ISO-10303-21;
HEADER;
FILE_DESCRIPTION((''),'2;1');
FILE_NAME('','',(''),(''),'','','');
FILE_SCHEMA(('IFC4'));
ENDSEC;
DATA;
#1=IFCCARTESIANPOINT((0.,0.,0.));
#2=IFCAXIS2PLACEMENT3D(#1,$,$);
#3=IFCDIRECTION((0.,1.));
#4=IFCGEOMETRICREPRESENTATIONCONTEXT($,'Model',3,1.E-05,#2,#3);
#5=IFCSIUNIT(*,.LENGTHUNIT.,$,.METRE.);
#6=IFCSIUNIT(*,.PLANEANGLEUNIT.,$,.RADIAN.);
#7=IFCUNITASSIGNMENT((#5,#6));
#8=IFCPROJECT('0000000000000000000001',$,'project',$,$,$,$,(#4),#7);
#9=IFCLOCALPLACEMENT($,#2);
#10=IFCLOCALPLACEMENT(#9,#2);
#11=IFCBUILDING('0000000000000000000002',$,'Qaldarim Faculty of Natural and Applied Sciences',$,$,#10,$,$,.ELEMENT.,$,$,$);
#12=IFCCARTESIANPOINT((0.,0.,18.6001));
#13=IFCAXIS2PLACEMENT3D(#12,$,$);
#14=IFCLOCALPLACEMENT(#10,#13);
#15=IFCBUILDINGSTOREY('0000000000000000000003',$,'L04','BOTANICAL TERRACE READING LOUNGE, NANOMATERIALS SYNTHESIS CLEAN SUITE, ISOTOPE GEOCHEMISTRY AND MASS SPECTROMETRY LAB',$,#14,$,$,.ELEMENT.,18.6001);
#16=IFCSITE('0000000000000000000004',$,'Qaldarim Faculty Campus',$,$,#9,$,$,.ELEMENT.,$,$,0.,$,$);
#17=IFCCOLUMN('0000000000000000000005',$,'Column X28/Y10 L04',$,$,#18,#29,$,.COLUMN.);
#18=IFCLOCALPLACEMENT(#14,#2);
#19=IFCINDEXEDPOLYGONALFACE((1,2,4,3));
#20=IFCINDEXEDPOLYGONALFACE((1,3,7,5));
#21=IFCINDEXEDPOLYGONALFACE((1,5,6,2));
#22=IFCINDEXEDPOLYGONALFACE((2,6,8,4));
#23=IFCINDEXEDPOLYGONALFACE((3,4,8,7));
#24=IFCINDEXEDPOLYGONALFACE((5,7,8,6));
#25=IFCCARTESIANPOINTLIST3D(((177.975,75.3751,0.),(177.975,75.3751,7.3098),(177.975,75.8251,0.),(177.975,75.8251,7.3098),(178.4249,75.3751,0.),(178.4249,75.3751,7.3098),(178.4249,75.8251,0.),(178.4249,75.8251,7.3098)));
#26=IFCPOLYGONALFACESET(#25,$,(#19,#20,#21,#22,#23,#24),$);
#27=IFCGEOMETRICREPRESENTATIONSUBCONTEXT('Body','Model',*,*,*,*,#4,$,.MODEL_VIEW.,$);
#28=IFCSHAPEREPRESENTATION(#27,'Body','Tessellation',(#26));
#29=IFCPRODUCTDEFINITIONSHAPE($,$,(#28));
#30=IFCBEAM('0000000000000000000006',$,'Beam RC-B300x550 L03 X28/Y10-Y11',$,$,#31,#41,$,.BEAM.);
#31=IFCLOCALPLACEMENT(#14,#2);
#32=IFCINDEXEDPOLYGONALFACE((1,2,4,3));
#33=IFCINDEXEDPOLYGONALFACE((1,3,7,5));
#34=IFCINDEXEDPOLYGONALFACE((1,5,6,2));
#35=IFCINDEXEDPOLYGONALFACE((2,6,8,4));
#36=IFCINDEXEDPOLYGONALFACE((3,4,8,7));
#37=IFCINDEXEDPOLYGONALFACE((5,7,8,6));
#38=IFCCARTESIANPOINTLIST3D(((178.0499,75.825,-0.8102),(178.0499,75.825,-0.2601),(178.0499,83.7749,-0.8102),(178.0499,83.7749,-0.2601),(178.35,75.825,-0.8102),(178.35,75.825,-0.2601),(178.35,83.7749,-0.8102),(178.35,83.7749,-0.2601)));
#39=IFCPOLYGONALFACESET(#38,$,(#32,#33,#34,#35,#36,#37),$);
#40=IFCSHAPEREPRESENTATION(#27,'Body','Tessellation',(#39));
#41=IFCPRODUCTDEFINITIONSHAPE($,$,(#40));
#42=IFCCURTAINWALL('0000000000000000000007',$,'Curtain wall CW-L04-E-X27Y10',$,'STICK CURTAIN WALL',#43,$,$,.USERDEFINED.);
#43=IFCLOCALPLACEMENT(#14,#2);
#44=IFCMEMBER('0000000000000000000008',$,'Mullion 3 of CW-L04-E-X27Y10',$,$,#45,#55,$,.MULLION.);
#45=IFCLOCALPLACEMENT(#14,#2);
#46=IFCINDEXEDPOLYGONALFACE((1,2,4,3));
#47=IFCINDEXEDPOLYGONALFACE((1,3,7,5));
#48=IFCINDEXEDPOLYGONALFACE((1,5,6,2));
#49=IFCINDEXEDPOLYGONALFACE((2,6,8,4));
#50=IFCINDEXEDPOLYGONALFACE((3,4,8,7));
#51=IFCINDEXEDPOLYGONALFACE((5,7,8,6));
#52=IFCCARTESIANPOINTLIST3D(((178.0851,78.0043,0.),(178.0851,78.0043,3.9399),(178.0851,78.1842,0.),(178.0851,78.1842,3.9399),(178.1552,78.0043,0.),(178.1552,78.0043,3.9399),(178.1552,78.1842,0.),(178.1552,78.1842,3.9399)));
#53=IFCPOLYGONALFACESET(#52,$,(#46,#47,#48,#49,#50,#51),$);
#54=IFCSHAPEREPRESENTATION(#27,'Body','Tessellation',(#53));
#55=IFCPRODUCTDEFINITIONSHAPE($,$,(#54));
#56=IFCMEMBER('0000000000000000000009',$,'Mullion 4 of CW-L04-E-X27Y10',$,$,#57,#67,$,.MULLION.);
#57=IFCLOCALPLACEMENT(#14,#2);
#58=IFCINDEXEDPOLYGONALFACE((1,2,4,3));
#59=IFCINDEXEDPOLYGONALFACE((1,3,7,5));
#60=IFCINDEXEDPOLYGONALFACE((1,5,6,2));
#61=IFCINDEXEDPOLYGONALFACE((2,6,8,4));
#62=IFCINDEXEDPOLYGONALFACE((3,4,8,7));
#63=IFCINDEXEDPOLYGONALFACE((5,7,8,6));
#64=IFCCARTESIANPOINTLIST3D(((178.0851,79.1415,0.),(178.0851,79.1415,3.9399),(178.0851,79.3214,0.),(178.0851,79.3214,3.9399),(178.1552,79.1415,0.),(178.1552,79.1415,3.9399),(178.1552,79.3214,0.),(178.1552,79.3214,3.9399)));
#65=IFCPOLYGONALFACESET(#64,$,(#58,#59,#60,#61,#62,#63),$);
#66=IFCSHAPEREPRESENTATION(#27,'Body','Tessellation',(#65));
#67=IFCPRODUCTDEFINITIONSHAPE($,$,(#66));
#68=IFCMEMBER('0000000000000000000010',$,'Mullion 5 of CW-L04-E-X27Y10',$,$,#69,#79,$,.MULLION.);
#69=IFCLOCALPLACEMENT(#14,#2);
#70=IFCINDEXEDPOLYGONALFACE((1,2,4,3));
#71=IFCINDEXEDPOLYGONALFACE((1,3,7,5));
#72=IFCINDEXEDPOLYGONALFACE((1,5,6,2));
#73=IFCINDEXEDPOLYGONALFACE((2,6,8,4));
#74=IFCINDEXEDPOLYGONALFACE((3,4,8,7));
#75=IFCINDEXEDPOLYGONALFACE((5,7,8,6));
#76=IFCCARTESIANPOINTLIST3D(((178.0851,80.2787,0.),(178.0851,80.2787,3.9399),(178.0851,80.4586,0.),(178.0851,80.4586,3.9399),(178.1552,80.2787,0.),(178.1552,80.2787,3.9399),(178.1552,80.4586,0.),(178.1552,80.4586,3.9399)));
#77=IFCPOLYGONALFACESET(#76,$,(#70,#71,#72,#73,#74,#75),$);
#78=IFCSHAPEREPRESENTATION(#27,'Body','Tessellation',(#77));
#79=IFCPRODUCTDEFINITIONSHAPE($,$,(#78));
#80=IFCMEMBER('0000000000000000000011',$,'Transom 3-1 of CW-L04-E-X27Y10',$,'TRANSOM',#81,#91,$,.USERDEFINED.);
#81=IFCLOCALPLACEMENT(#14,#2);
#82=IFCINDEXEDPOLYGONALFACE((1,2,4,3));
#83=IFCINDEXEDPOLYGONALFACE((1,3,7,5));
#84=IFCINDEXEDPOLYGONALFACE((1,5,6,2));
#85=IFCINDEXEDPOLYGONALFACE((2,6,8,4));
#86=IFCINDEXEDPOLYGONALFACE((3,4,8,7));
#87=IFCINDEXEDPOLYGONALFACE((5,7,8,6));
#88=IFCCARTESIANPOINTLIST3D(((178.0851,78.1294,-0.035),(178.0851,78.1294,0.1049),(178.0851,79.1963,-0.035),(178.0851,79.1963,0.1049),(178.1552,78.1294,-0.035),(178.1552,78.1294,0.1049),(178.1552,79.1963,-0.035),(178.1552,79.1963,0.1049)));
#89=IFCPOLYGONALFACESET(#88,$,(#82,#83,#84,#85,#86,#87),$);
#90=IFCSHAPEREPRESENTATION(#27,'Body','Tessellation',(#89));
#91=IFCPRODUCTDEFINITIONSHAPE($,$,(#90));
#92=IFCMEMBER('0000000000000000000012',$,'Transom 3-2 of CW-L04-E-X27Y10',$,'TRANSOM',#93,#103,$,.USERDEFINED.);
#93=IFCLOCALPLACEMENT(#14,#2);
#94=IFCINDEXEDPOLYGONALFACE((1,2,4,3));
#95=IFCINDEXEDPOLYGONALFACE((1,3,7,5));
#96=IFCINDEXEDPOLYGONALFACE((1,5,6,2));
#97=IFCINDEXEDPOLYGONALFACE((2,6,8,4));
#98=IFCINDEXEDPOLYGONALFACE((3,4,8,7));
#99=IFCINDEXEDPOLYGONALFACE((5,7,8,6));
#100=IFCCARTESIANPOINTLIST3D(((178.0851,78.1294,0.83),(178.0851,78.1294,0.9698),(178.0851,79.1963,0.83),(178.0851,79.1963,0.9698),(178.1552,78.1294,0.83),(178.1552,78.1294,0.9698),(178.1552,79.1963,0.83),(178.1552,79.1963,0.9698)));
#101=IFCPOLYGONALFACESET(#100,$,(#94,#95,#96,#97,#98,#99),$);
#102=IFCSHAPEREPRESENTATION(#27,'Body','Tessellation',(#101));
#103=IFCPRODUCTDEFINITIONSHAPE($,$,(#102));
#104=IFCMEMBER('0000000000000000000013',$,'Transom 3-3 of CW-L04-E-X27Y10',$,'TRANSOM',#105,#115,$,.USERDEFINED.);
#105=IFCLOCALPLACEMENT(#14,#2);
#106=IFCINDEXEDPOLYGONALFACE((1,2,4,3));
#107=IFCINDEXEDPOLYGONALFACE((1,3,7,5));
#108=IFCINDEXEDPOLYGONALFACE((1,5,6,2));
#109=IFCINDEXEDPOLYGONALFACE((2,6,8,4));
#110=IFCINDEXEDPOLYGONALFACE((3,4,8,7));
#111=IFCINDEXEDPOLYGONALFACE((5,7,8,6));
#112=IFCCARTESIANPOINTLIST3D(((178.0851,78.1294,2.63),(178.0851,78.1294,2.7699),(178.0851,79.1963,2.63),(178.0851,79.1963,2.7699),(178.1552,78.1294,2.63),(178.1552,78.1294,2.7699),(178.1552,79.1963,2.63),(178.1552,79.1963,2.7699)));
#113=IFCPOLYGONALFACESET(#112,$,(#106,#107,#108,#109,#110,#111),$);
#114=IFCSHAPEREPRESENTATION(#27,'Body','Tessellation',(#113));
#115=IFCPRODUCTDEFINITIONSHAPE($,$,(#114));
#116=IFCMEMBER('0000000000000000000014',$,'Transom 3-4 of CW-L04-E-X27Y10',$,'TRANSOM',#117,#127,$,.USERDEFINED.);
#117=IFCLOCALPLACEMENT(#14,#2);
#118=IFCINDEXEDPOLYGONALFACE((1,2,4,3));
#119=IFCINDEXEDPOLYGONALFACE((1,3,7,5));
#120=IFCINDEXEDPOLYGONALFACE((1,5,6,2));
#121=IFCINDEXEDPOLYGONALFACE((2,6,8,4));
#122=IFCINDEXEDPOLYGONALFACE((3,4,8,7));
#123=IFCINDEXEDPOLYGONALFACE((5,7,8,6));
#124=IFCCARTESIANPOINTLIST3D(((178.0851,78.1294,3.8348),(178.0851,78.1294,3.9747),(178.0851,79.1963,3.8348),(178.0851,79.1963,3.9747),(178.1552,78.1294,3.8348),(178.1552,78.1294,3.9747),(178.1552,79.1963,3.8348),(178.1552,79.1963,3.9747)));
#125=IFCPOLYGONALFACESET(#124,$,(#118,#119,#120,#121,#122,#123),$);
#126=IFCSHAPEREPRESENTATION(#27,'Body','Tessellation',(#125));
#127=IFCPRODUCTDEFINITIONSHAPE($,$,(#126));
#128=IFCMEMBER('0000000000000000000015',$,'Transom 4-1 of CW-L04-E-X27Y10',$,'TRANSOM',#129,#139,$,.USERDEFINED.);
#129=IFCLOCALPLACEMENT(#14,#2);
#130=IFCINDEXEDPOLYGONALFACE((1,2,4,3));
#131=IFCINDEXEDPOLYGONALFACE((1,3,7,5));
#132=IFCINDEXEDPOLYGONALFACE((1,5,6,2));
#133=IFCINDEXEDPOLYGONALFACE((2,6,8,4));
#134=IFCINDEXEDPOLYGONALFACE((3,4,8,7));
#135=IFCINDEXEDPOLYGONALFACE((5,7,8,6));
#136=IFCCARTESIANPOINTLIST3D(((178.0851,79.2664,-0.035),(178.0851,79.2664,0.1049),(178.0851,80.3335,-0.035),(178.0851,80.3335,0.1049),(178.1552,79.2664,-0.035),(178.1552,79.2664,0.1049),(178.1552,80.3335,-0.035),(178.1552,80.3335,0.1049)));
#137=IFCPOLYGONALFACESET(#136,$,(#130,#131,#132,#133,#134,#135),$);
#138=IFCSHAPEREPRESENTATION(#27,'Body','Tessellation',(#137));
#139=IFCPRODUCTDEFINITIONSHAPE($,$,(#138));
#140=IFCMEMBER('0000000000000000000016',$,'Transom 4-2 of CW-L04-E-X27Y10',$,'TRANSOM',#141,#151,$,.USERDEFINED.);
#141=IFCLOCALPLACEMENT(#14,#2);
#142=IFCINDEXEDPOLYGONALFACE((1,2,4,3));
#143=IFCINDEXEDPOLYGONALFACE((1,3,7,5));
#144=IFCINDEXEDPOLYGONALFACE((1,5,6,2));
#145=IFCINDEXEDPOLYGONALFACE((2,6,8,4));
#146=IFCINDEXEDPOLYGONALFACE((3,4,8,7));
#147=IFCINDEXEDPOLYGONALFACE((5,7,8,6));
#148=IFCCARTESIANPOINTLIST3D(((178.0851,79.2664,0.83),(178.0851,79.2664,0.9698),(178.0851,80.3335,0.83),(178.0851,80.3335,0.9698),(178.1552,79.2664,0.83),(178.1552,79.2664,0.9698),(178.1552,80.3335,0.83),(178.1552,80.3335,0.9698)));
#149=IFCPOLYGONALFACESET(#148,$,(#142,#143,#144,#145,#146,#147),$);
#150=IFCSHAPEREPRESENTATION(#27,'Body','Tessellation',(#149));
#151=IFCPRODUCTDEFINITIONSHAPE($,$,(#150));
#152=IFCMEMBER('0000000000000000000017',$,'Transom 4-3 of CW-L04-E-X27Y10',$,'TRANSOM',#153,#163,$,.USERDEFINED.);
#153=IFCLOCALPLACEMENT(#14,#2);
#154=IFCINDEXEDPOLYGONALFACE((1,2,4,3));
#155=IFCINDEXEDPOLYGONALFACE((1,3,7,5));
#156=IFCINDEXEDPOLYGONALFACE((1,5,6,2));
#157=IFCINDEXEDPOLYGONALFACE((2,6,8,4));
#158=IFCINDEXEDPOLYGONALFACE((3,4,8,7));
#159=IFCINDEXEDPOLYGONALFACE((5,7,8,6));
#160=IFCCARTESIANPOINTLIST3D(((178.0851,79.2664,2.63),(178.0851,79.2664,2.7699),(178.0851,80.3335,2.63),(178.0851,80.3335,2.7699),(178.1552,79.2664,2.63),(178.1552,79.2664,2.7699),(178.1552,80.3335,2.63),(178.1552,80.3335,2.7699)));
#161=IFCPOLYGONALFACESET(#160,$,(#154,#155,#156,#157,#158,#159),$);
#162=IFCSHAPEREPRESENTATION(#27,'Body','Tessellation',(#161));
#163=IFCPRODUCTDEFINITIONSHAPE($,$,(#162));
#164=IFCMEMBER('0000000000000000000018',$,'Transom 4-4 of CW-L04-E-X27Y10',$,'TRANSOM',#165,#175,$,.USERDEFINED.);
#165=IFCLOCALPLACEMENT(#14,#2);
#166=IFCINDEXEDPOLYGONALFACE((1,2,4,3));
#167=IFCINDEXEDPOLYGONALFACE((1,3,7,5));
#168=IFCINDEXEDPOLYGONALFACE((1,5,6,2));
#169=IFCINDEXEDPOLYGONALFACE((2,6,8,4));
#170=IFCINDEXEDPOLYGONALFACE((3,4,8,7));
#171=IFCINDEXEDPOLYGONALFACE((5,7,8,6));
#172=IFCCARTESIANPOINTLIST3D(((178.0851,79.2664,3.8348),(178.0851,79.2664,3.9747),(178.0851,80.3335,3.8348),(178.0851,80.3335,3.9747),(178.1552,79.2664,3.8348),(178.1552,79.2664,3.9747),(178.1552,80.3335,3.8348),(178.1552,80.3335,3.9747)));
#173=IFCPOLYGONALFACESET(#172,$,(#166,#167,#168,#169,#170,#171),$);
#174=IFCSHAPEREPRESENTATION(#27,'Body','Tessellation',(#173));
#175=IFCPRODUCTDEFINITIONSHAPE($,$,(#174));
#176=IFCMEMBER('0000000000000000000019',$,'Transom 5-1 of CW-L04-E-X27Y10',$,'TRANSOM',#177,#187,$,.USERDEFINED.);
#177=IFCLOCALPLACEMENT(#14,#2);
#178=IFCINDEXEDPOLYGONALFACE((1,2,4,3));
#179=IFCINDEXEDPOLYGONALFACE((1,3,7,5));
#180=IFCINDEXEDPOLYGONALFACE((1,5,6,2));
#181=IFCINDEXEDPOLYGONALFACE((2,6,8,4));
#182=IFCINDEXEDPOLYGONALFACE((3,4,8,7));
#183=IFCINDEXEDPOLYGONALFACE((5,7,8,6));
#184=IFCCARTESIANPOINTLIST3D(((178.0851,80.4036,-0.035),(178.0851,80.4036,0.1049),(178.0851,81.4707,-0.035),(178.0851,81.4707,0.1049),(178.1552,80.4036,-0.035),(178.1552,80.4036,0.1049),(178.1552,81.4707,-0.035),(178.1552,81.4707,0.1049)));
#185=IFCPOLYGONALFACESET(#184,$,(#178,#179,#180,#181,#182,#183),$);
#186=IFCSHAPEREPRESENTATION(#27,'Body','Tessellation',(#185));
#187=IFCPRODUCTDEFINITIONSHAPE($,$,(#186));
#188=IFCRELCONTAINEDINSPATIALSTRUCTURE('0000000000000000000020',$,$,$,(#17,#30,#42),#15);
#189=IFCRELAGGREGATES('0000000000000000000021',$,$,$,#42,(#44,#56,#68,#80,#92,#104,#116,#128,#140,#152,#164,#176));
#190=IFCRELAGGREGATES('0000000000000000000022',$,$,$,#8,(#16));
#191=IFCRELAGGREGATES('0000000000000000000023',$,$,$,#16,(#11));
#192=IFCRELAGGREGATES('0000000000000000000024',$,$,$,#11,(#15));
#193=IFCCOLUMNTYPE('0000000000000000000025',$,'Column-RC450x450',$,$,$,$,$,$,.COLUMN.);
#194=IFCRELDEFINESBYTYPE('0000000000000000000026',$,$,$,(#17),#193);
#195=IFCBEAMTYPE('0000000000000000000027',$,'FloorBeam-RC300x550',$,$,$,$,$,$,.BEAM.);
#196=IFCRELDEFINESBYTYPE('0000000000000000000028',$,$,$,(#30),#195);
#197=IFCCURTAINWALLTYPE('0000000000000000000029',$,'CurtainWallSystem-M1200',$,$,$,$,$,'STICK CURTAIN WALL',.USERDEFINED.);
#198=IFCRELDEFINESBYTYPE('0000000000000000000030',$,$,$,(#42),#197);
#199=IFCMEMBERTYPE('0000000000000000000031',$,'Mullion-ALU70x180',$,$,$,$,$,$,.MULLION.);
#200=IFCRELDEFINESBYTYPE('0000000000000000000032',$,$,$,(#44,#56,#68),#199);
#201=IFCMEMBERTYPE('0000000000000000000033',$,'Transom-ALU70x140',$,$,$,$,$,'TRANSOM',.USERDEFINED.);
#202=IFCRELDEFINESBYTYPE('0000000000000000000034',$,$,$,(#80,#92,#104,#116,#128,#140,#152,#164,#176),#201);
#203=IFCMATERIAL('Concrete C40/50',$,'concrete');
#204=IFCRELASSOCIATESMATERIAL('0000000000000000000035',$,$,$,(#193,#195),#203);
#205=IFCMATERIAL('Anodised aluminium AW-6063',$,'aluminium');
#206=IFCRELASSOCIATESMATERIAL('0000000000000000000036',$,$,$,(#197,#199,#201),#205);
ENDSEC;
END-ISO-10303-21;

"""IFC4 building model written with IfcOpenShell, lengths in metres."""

from ifc_helpers import new_model, si_unit, direction, frame, origin, origin_2d, place, context, subcontext, project, spatial, rectangle, extrude, material, material_profile, profile_set, type_object, element, aggregate, save


model = new_model("IFC4")

# Units and contexts
model_context = context("Model", 3, precision=1e-05, world=origin(), true_north=direction((0.0, 1.0)))
body_context = subcontext(model_context, "Body", "Model", "MODEL_VIEW")
ifc_project = project(units=[si_unit("LENGTHUNIT", "METRE"), si_unit("PLANEANGLEUNIT", "RADIAN")], contexts=[model_context])

# Site, building, storey
site_placement = place(None, origin())
site = spatial("IfcSite", under=ifc_project, at=site_placement, Name="Qaldarim Faculty Campus", CompositionType="ELEMENT", RefElevation=0.0)
building_placement = place(site_placement, origin())
building = spatial("IfcBuilding", under=site, at=building_placement, Name="Qaldarim Faculty of Natural and Applied Sciences", CompositionType="ELEMENT")
storey_placement = place(building_placement, frame((0.0, 0.0, 18.6001)))
storey = spatial("IfcBuildingStorey", under=building, at=storey_placement, Name="L04", Description="BOTANICAL TERRACE READING LOUNGE, NANOMATERIALS SYNTHESIS CLEAN SUITE, ISOTOPE GEOCHEMISTRY AND MASS SPECTROMETRY LAB", CompositionType="ELEMENT", Elevation=18.6001)

# Column
ifc_material_1 = material(Name="Concrete C40/50", Category="concrete")
ifc_material_profile_1 = material_profile(ifc_material_1, rectangle(XDim=0.45, YDim=0.45, at=origin_2d()), Name="RC-C450x450")
ifc_profile_set_1 = profile_set([ifc_material_profile_1], Name="Concrete C40/50")
column_type = type_object("IfcColumnType", Name="Column-RC450x450", PredefinedType="COLUMN", material=ifc_profile_set_1)
column_placement = place(storey_placement, frame((178.2, 75.6001, 0.0), z_axis=(0.0, 0.0, 1.0), x_axis=(1.0, 0.0, 0.0)))
element("IfcColumn", 1, at=column_placement, inside=storey, type_object=column_type, Name="Column X28/Y10 L04", PredefinedType="COLUMN", context=body_context, shape_type="SweptSolid", body=[
    extrude(rectangle(XDim=0.45, YDim=0.45, at=origin_2d()), origin(), (0.0, 0.0, 1.0), 7.3098),
])

# Beam
ifc_material_profile_2 = material_profile(ifc_material_1, rectangle(XDim=0.3, YDim=0.55, at=origin_2d()), Name="RC-B300x550")
ifc_profile_set_2 = profile_set([ifc_material_profile_2], Name="Concrete C40/50")
beam_type = type_object("IfcBeamType", Name="FloorBeam-RC300x550", PredefinedType="BEAM", material=ifc_profile_set_2)
beam_placement = place(storey_placement, frame((178.2, 75.825, -0.5352), z_axis=(0.0, 1.0, 0.0), x_axis=(-1.0, 0.0, 0.0)))
element("IfcBeam", 2, at=beam_placement, inside=storey, type_object=beam_type, Name="Beam RC-B300x550 L03 X28/Y10-Y11", PredefinedType="BEAM", context=body_context, shape_type="SweptSolid", body=[
    extrude(rectangle(XDim=0.3, YDim=0.55, at=origin_2d()), origin(), (0.0, 0.0, 1.0), 7.95),
])

# Curtain wall, members
ifc_material_2 = material(Name="Anodised aluminium AW-6063", Category="aluminium")
curtain_wall_type = type_object("IfcCurtainWallType", Name="CurtainWallSystem-M1200", ElementType="STICK CURTAIN WALL", PredefinedType="USERDEFINED", material=ifc_material_2)
curtain_wall_placement = place(storey_placement, origin())
curtain_wall = element("IfcCurtainWall", 3, at=curtain_wall_placement, inside=storey, type_object=curtain_wall_type, Name="Curtain wall CW-L04-E-X27Y10", ObjectType="STICK CURTAIN WALL", PredefinedType="USERDEFINED")
ifc_material_profile_3 = material_profile(ifc_material_2, rectangle(XDim=0.0701, YDim=0.1799, at=origin_2d()), Name="ALU-M70x180")
ifc_profile_set_3 = profile_set([ifc_material_profile_3], Name="Anodised aluminium AW-6063")
member_type_1 = type_object("IfcMemberType", Name="Mullion-ALU70x180", PredefinedType="MULLION", material=ifc_profile_set_3)
member_1_placement = place(storey_placement, frame((178.1201, 78.0942, 0.0), z_axis=(0.0, 0.0, 1.0), x_axis=(-1.0, 0.0, 0.0)))
member_1 = element("IfcMember", 4, at=member_1_placement, type_object=member_type_1, Name="Mullion 3 of CW-L04-E-X27Y10", PredefinedType="MULLION", context=body_context, shape_type="SweptSolid", body=[
    extrude(rectangle(XDim=0.0701, YDim=0.1799, at=origin_2d()), origin(), (0.0, 0.0, 1.0), 3.9399),
])
member_2_placement = place(storey_placement, frame((178.1201, 79.2314, 0.0), z_axis=(0.0, 0.0, 1.0), x_axis=(-1.0, 0.0, 0.0)))
member_2 = element("IfcMember", 5, at=member_2_placement, type_object=member_type_1, Name="Mullion 4 of CW-L04-E-X27Y10", PredefinedType="MULLION", context=body_context, shape_type="SweptSolid", body=[
    extrude(rectangle(XDim=0.0701, YDim=0.1799, at=origin_2d()), origin(), (0.0, 0.0, 1.0), 3.9399),
])
member_3_placement = place(storey_placement, frame((178.1201, 80.3687, 0.0), z_axis=(0.0, 0.0, 1.0), x_axis=(-1.0, 0.0, 0.0)))
member_3 = element("IfcMember", 6, at=member_3_placement, type_object=member_type_1, Name="Mullion 5 of CW-L04-E-X27Y10", PredefinedType="MULLION", context=body_context, shape_type="SweptSolid", body=[
    extrude(rectangle(XDim=0.0701, YDim=0.1799, at=origin_2d()), origin(), (0.0, 0.0, 1.0), 3.9399),
])
ifc_material_profile_4 = material_profile(ifc_material_2, rectangle(XDim=0.0701, YDim=0.1399, at=origin_2d()), Name="ALU-T70x140")
ifc_profile_set_4 = profile_set([ifc_material_profile_4], Name="Anodised aluminium AW-6063")
member_type_2 = type_object("IfcMemberType", Name="Transom-ALU70x140", ElementType="TRANSOM", PredefinedType="USERDEFINED", material=ifc_profile_set_4)
member_4_placement = place(storey_placement, frame((178.1201, 78.1294, 0.0349), z_axis=(0.0, 1.0, 0.0), x_axis=(-1.0, 0.0, 0.0)))
member_4 = element("IfcMember", 7, at=member_4_placement, type_object=member_type_2, Name="Transom 3-1 of CW-L04-E-X27Y10", ObjectType="TRANSOM", PredefinedType="USERDEFINED", context=body_context, shape_type="SweptSolid", body=[
    extrude(rectangle(XDim=0.0701, YDim=0.1399, at=origin_2d()), origin(), (0.0, 0.0, 1.0), 1.0669),
])
member_5_placement = place(storey_placement, frame((178.1201, 78.1294, 0.8999), z_axis=(0.0, 1.0, 0.0), x_axis=(-1.0, 0.0, 0.0)))
member_5 = element("IfcMember", 8, at=member_5_placement, type_object=member_type_2, Name="Transom 3-2 of CW-L04-E-X27Y10", ObjectType="TRANSOM", PredefinedType="USERDEFINED", context=body_context, shape_type="SweptSolid", body=[
    extrude(rectangle(XDim=0.0701, YDim=0.1399, at=origin_2d()), origin(), (0.0, 0.0, 1.0), 1.0669),
])
member_6_placement = place(storey_placement, frame((178.1201, 78.1294, 2.7), z_axis=(0.0, 1.0, 0.0), x_axis=(-1.0, 0.0, 0.0)))
member_6 = element("IfcMember", 9, at=member_6_placement, type_object=member_type_2, Name="Transom 3-3 of CW-L04-E-X27Y10", ObjectType="TRANSOM", PredefinedType="USERDEFINED", context=body_context, shape_type="SweptSolid", body=[
    extrude(rectangle(XDim=0.0701, YDim=0.1399, at=origin_2d()), origin(), (0.0, 0.0, 1.0), 1.0669),
])
member_7_placement = place(storey_placement, frame((178.1201, 78.1294, 3.9048), z_axis=(0.0, 1.0, 0.0), x_axis=(-1.0, 0.0, 0.0)))
member_7 = element("IfcMember", 10, at=member_7_placement, type_object=member_type_2, Name="Transom 3-4 of CW-L04-E-X27Y10", ObjectType="TRANSOM", PredefinedType="USERDEFINED", context=body_context, shape_type="SweptSolid", body=[
    extrude(rectangle(XDim=0.0701, YDim=0.1399, at=origin_2d()), origin(), (0.0, 0.0, 1.0), 1.0669),
])
member_8_placement = place(storey_placement, frame((178.1201, 79.2664, 0.0349), z_axis=(0.0, 1.0, 0.0), x_axis=(-1.0, 0.0, 0.0)))
member_8 = element("IfcMember", 11, at=member_8_placement, type_object=member_type_2, Name="Transom 4-1 of CW-L04-E-X27Y10", ObjectType="TRANSOM", PredefinedType="USERDEFINED", context=body_context, shape_type="SweptSolid", body=[
    extrude(rectangle(XDim=0.0701, YDim=0.1399, at=origin_2d()), origin(), (0.0, 0.0, 1.0), 1.0671),
])
member_9_placement = place(storey_placement, frame((178.1201, 79.2664, 0.8999), z_axis=(0.0, 1.0, 0.0), x_axis=(-1.0, 0.0, 0.0)))
member_9 = element("IfcMember", 12, at=member_9_placement, type_object=member_type_2, Name="Transom 4-2 of CW-L04-E-X27Y10", ObjectType="TRANSOM", PredefinedType="USERDEFINED", context=body_context, shape_type="SweptSolid", body=[
    extrude(rectangle(XDim=0.0701, YDim=0.1399, at=origin_2d()), origin(), (0.0, 0.0, 1.0), 1.0671),
])
member_10_placement = place(storey_placement, frame((178.1201, 79.2664, 2.7), z_axis=(0.0, 1.0, 0.0), x_axis=(-1.0, 0.0, 0.0)))
member_10 = element("IfcMember", 13, at=member_10_placement, type_object=member_type_2, Name="Transom 4-3 of CW-L04-E-X27Y10", ObjectType="TRANSOM", PredefinedType="USERDEFINED", context=body_context, shape_type="SweptSolid", body=[
    extrude(rectangle(XDim=0.0701, YDim=0.1399, at=origin_2d()), origin(), (0.0, 0.0, 1.0), 1.0671),
])
member_11_placement = place(storey_placement, frame((178.1201, 79.2664, 3.9048), z_axis=(0.0, 1.0, 0.0), x_axis=(-1.0, 0.0, 0.0)))
member_11 = element("IfcMember", 14, at=member_11_placement, type_object=member_type_2, Name="Transom 4-4 of CW-L04-E-X27Y10", ObjectType="TRANSOM", PredefinedType="USERDEFINED", context=body_context, shape_type="SweptSolid", body=[
    extrude(rectangle(XDim=0.0701, YDim=0.1399, at=origin_2d()), origin(), (0.0, 0.0, 1.0), 1.0671),
])
member_12_placement = place(storey_placement, frame((178.1201, 80.4036, 0.0349), z_axis=(0.0, 1.0, 0.0), x_axis=(-1.0, 0.0, 0.0)))
member_12 = element("IfcMember", 15, at=member_12_placement, type_object=member_type_2, Name="Transom 5-1 of CW-L04-E-X27Y10", ObjectType="TRANSOM", PredefinedType="USERDEFINED", context=body_context, shape_type="SweptSolid", body=[
    extrude(rectangle(XDim=0.0701, YDim=0.1399, at=origin_2d()), origin(), (0.0, 0.0, 1.0), 1.0671),
])
aggregate(curtain_wall, [member_1, member_2, member_3, member_4, member_5, member_6, member_7, member_8, member_9, member_10, member_11, member_12])

save(model, "model.ifc")
